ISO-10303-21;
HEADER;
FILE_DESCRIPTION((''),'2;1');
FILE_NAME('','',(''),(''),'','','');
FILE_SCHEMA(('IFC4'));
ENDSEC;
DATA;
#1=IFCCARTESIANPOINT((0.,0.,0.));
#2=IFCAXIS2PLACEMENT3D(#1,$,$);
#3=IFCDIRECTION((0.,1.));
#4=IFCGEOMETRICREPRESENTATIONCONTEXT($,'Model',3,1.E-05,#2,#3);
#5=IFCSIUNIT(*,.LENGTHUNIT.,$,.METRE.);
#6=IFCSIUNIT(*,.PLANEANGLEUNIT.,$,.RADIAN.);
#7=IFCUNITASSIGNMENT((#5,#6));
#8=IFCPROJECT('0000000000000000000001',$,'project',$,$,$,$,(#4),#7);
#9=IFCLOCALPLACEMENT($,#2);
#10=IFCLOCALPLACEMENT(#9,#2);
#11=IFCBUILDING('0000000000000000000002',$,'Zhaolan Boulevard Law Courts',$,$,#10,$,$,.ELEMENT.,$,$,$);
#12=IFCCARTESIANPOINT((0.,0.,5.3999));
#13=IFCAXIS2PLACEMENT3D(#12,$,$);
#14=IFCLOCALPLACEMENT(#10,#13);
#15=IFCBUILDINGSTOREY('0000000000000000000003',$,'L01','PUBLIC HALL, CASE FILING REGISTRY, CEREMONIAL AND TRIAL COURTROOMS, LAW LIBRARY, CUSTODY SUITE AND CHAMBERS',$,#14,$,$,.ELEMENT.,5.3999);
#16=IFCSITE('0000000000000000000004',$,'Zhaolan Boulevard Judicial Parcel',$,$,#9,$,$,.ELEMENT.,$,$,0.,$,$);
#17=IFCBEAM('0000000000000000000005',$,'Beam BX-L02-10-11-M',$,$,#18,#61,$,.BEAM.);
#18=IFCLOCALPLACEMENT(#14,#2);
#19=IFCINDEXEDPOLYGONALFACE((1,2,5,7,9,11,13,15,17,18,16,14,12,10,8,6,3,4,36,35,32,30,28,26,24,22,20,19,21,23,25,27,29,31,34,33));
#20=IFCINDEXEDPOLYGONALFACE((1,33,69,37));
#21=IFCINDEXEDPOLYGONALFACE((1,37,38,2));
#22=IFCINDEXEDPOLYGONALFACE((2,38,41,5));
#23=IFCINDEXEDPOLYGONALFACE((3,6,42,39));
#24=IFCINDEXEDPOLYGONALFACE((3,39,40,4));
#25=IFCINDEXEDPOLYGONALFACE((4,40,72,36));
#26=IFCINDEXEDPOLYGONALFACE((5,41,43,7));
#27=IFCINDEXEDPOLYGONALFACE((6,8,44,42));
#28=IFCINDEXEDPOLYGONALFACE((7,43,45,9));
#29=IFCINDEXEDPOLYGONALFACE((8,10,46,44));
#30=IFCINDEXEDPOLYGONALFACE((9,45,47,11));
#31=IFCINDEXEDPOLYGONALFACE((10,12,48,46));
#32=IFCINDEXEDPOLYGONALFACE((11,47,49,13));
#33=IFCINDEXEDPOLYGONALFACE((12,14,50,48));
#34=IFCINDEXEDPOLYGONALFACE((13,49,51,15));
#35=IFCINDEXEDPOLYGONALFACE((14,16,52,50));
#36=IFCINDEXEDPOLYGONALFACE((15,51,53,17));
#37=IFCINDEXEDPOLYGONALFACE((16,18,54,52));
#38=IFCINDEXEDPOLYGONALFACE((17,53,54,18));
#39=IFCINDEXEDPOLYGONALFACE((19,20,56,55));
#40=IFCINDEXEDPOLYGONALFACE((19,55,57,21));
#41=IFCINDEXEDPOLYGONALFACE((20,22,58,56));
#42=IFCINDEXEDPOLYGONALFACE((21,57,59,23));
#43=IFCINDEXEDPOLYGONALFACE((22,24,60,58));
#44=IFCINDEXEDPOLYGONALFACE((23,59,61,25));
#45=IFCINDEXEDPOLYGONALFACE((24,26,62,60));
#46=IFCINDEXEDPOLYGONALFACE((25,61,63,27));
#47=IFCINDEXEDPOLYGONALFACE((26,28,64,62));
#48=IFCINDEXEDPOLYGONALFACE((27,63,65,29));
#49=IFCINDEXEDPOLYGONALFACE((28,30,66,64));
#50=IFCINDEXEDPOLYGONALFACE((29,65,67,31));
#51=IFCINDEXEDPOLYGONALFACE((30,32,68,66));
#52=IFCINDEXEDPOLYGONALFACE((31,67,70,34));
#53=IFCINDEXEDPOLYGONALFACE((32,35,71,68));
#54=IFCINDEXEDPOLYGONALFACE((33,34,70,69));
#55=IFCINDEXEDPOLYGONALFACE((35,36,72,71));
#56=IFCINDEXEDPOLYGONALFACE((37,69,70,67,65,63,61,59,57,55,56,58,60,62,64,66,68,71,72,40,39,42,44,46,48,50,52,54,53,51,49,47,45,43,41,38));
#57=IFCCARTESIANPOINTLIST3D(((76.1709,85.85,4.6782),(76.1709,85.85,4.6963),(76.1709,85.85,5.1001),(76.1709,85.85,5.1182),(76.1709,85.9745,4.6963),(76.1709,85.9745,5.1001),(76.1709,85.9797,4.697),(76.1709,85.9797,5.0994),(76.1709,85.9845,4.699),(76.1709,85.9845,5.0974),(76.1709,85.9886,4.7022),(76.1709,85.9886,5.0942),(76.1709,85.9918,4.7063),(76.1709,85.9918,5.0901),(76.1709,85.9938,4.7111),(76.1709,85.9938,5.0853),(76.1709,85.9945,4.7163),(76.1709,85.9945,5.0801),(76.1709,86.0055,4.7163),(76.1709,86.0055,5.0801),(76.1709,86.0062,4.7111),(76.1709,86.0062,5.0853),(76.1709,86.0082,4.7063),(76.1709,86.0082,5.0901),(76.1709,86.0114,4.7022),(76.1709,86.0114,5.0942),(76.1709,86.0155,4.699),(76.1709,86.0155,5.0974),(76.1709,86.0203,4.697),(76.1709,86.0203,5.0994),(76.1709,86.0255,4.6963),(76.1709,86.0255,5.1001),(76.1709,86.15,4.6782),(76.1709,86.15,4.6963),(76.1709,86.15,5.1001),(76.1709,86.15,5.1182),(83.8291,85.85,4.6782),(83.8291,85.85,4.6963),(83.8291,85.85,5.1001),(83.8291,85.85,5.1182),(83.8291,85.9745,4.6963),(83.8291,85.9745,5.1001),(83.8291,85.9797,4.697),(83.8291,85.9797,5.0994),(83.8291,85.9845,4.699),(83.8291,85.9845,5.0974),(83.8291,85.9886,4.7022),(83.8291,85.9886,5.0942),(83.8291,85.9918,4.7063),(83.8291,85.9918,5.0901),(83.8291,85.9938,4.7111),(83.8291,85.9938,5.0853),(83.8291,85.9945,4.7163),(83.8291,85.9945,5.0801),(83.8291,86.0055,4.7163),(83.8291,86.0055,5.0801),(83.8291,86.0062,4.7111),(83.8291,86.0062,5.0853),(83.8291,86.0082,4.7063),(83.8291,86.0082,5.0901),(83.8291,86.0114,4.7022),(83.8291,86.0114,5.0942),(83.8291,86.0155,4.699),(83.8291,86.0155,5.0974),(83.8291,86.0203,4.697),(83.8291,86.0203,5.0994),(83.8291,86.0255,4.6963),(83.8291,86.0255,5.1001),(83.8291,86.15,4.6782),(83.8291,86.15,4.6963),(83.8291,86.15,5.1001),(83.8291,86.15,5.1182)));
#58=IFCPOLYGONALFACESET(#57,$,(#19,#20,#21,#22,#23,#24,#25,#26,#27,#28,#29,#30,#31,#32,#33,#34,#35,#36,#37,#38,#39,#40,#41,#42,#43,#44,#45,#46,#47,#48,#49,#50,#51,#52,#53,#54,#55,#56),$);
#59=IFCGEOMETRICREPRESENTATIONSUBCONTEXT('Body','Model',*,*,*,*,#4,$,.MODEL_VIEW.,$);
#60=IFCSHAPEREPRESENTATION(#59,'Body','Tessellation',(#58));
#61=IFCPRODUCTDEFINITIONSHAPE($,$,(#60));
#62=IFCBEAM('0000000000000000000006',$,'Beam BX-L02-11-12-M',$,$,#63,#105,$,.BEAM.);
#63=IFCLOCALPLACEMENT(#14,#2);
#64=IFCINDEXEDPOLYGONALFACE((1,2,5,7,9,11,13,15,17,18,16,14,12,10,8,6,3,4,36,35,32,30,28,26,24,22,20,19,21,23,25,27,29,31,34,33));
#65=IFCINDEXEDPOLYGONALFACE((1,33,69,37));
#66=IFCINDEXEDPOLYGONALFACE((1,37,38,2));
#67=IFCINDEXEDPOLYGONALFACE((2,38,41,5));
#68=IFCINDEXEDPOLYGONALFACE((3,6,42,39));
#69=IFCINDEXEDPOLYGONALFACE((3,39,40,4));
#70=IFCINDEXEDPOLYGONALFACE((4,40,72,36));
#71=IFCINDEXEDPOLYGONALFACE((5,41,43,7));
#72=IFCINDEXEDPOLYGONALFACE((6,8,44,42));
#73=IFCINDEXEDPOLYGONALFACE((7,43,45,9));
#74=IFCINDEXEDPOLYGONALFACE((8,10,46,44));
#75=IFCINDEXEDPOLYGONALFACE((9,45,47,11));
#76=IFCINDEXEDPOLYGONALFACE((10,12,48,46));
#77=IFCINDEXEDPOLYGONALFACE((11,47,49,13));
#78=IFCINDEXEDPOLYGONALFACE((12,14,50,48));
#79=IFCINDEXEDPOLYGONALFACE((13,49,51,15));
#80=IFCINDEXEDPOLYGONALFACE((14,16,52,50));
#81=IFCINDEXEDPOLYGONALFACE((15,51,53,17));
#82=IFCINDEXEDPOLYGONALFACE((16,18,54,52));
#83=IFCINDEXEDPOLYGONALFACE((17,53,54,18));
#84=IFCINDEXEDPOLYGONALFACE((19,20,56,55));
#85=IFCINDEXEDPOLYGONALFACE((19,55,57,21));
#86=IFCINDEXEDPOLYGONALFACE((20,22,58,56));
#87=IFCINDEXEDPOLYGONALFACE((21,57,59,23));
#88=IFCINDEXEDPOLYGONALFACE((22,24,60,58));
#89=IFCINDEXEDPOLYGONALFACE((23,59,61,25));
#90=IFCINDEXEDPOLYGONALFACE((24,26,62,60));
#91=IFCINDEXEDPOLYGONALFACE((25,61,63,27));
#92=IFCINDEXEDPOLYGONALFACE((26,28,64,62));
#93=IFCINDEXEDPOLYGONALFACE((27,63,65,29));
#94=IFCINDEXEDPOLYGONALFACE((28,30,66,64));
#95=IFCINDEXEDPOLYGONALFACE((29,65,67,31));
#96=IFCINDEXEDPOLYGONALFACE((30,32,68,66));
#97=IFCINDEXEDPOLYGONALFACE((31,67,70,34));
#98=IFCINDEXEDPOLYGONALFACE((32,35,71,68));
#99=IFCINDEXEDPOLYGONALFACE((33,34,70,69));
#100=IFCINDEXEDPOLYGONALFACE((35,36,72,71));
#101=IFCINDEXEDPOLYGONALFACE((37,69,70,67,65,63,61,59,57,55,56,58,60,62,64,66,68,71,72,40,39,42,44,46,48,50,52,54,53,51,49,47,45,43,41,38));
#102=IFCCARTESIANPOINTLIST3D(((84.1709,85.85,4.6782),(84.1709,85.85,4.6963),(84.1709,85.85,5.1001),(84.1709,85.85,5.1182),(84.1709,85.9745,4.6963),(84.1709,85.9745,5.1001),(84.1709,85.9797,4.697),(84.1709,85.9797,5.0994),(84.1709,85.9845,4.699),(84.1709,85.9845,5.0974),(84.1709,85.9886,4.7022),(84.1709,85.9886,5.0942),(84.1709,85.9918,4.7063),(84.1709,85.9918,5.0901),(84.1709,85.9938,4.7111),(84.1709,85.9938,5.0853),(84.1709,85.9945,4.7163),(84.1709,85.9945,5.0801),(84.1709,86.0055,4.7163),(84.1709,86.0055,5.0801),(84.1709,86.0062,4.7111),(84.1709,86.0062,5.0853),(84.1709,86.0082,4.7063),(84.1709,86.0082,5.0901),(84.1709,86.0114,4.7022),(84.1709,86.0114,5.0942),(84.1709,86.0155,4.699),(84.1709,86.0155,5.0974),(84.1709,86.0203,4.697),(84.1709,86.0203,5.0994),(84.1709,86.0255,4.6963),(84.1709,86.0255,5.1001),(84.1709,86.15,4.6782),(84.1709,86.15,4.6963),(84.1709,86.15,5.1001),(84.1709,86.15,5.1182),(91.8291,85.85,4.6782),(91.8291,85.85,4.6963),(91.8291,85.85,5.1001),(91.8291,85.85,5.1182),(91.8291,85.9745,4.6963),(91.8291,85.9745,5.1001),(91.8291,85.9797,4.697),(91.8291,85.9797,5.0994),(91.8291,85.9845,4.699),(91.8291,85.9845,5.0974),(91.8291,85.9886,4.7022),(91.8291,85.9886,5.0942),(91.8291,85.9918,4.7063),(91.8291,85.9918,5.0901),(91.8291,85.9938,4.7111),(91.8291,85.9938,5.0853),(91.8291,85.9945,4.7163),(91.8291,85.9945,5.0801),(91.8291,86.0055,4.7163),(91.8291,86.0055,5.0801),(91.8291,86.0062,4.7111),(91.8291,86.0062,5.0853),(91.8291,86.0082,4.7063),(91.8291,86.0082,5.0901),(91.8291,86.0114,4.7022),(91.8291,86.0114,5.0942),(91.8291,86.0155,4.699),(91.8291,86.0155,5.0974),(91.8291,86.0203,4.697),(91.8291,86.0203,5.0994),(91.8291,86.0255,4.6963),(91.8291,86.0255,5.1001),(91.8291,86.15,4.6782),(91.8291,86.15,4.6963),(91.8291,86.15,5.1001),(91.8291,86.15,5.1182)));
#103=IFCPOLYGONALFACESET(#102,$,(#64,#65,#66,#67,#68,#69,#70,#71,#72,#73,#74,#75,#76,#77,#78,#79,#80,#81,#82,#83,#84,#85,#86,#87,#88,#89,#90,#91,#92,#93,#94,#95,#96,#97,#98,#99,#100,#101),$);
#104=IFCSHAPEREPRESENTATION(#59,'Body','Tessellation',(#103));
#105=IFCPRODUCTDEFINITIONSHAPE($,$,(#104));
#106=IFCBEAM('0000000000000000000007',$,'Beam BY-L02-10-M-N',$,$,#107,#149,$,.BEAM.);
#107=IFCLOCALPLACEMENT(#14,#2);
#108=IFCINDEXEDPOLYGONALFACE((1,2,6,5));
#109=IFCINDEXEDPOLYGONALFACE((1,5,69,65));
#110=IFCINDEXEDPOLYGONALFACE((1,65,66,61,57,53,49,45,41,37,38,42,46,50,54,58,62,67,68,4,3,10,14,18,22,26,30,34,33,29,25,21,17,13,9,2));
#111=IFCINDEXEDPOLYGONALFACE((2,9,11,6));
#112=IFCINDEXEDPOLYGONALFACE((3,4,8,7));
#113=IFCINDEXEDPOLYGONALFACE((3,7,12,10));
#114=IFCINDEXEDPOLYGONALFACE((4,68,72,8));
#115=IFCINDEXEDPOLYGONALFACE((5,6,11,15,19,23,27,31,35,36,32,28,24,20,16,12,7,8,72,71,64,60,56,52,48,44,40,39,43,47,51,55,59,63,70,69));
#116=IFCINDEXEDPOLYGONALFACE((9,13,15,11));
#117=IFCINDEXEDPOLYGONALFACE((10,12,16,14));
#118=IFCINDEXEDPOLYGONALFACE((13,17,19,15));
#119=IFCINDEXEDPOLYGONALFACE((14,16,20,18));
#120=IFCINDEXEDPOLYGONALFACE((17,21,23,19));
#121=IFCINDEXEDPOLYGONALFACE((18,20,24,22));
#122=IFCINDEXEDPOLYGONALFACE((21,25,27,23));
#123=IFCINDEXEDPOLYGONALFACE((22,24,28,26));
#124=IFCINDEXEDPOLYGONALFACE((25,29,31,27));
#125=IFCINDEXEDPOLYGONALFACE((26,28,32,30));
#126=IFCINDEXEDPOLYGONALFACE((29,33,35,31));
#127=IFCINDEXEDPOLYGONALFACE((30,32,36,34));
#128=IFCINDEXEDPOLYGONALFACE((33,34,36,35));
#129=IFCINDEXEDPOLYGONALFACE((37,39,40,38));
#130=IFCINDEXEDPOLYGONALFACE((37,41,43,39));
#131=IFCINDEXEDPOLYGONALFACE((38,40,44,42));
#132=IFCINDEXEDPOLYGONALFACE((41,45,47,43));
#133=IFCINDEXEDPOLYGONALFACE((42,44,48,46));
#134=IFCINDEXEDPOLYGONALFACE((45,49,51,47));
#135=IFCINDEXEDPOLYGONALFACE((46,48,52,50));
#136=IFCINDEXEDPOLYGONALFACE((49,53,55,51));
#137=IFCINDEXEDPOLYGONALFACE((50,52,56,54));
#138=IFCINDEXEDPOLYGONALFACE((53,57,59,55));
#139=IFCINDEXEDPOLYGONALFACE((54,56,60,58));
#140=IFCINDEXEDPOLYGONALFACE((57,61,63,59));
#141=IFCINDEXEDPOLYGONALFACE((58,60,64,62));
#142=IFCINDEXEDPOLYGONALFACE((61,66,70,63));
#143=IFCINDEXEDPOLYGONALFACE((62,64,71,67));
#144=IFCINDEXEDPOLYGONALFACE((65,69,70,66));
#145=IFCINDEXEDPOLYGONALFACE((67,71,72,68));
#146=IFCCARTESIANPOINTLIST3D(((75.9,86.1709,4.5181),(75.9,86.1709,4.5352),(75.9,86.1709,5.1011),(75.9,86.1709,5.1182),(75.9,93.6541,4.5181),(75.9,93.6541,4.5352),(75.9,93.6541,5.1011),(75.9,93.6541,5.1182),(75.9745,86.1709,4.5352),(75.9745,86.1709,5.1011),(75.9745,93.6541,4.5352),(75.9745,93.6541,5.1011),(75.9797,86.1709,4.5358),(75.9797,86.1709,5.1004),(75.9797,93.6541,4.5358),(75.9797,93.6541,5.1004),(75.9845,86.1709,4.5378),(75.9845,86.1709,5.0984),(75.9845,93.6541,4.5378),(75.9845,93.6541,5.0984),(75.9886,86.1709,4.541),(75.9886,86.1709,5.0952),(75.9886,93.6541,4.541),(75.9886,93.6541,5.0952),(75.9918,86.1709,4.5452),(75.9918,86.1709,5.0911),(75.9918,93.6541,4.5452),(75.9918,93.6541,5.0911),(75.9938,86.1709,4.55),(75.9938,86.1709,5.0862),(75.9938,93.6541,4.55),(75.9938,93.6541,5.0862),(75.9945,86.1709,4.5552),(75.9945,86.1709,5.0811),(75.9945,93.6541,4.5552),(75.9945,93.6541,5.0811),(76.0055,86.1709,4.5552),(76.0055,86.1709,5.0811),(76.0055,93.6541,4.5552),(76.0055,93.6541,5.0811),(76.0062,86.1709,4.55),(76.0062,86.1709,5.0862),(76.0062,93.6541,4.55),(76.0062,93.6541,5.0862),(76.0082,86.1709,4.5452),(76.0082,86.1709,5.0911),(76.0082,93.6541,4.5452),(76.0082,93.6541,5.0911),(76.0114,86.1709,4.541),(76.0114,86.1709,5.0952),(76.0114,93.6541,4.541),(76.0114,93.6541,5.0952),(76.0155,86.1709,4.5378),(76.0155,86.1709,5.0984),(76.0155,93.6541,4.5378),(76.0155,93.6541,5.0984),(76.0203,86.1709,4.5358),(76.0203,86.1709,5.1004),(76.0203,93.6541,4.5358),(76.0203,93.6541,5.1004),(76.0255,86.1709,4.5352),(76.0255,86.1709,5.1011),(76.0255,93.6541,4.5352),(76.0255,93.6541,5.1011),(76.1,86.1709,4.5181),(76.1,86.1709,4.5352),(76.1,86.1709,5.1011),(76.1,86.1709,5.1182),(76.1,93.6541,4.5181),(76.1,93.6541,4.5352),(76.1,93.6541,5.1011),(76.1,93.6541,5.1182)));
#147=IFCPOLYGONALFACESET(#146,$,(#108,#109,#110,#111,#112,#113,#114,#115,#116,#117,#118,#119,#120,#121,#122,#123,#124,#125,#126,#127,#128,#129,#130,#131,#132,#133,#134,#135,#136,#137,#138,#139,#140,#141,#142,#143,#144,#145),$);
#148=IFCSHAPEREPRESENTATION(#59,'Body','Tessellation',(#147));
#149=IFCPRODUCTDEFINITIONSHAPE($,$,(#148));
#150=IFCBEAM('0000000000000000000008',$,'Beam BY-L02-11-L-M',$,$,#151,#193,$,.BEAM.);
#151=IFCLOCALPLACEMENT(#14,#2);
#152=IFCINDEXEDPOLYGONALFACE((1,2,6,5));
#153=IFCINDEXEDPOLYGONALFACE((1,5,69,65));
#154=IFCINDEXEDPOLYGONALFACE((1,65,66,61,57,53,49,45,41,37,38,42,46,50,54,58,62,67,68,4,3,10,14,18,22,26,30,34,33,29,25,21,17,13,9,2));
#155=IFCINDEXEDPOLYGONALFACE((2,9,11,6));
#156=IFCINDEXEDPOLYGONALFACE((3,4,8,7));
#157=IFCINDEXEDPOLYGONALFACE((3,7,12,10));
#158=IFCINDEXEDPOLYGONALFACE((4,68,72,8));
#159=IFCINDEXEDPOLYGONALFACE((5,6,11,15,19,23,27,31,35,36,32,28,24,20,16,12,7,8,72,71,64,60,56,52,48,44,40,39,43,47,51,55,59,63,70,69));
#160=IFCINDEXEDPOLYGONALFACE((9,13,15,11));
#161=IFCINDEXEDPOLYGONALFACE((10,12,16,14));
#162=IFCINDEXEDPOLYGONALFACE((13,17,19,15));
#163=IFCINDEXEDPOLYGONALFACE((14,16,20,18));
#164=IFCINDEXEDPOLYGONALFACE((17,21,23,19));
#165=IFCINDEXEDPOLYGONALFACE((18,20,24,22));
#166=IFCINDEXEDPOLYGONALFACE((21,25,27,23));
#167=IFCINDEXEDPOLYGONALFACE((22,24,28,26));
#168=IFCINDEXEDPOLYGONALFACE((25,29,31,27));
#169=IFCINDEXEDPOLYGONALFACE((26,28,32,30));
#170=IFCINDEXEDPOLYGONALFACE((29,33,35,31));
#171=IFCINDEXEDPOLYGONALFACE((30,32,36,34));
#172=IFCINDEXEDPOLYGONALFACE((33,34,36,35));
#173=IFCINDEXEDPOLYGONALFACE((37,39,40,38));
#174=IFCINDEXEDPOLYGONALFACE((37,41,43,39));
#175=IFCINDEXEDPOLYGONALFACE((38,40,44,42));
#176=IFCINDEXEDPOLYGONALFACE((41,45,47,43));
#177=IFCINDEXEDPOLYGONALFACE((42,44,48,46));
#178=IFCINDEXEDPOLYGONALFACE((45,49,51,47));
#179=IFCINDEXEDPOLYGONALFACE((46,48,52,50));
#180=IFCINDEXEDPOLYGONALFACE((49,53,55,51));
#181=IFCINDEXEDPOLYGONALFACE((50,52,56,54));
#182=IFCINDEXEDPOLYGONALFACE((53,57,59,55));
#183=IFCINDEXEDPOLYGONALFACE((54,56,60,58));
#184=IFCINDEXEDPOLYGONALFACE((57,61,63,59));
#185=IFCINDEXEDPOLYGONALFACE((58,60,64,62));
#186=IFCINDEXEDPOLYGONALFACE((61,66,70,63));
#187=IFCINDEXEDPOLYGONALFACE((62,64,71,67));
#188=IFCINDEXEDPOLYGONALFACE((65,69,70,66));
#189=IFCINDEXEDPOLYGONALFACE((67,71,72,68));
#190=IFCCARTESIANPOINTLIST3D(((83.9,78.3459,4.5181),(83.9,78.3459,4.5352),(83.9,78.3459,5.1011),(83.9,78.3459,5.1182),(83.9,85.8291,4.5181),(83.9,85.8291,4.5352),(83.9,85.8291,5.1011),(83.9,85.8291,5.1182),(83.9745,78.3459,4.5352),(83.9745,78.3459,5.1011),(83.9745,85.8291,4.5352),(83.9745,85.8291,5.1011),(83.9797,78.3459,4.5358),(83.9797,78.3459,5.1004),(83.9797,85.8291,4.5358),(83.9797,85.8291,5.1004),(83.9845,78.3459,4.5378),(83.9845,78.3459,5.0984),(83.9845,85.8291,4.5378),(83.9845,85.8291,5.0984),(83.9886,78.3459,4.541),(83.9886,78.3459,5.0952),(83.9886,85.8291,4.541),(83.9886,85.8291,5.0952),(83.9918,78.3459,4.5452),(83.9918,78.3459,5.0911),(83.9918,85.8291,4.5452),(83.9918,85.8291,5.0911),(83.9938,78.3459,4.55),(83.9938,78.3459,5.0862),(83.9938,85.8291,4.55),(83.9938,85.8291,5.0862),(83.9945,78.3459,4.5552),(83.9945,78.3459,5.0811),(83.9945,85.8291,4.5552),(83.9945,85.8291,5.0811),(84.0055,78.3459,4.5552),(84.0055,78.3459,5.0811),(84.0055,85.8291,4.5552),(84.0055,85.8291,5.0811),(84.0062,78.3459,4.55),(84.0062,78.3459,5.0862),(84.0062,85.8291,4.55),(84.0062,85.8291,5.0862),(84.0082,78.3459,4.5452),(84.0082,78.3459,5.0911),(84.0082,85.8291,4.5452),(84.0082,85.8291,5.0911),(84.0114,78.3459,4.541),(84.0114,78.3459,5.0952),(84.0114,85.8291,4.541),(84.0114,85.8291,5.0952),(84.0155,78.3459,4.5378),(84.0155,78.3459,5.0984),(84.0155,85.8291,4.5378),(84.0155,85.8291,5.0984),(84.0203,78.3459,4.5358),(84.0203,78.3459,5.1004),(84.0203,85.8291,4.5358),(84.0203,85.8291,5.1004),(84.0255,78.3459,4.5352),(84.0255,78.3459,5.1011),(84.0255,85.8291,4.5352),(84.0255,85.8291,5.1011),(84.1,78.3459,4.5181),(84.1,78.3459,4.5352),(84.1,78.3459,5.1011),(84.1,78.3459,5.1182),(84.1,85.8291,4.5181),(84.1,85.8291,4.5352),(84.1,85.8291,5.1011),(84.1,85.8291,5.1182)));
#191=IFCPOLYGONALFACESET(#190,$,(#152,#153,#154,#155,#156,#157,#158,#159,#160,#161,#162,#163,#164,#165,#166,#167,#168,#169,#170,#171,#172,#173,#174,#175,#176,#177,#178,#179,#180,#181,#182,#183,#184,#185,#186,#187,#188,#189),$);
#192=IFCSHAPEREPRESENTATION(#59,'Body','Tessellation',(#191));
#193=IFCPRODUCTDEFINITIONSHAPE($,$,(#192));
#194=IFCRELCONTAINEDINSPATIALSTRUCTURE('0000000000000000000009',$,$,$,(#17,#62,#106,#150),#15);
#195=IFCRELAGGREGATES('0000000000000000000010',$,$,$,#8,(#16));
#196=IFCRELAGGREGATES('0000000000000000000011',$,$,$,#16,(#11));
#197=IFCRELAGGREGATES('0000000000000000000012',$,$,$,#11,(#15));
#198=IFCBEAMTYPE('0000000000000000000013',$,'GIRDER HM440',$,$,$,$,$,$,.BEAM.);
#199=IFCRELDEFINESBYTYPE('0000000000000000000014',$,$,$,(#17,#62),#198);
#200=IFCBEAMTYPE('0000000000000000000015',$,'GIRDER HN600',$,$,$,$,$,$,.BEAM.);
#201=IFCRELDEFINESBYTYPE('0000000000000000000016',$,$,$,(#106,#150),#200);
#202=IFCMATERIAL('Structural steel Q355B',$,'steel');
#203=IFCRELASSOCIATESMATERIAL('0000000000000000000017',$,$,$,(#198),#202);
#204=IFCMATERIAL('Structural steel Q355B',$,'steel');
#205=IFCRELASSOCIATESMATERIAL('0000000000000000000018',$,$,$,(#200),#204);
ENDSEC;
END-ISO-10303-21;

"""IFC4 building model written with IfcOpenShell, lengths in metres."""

from ifc_helpers import new_model, si_unit, direction, frame, origin, origin_2d, place, context, subcontext, project, spatial, i_section, extrude, material, material_profile, profile_set, type_object, element, save


model = new_model("IFC4")

# Units and contexts
model_context = context("Model", 3, precision=1e-05, world=origin(), true_north=direction((0.0, 1.0)))
body_context = subcontext(model_context, "Body", "Model", "MODEL_VIEW")
ifc_project = project(units=[si_unit("LENGTHUNIT", "METRE"), si_unit("PLANEANGLEUNIT", "RADIAN")], contexts=[model_context])

# Site, building, storey
site_placement = place(None, origin())
site = spatial("IfcSite", under=ifc_project, at=site_placement, Name="Zhaolan Boulevard Judicial Parcel", CompositionType="ELEMENT", RefElevation=0.0)
building_placement = place(site_placement, origin())
building = spatial("IfcBuilding", under=site, at=building_placement, Name="Zhaolan Boulevard Law Courts", CompositionType="ELEMENT")
storey_placement = place(building_placement, frame((0.0, 0.0, 5.3999)))
storey = spatial("IfcBuildingStorey", under=building, at=storey_placement, Name="L01", Description="PUBLIC HALL, CASE FILING REGISTRY, CEREMONIAL AND TRIAL COURTROOMS, LAW LIBRARY, CUSTODY SUITE AND CHAMBERS", CompositionType="ELEMENT", Elevation=5.3999)

# Beams
ifc_material_1 = material(Name="Structural steel Q355B", Category="steel")
ifc_material_profile_1 = material_profile(ifc_material_1, i_section(OverallWidth=0.3, OverallDepth=0.4399, WebThickness=0.011, FlangeThickness=0.0181, FilletRadius=0.02, at=origin_2d()), Name="HM440x300")
ifc_profile_set_1 = profile_set([ifc_material_profile_1], Name="Structural steel Q355B")
beam_type_1 = type_object("IfcBeamType", Name="GIRDER HM440", PredefinedType="BEAM", material=ifc_profile_set_1)
for number, where, z_axis, x_axis, name in (
    (1, (76.1709, 86.0, 4.8982), (1.0, 0.0, 0.0), (0.0, 1.0, 0.0), "Beam BX-L02-10-11-M"),
    (2, (84.1709, 86.0, 4.8982), (1.0, 0.0, 0.0), (0.0, 1.0, 0.0), "Beam BX-L02-11-12-M"),
):
    element("IfcBeam", number, at=place(storey_placement, frame(where, z_axis=z_axis, x_axis=x_axis)), inside=storey, type_object=beam_type_1, Name=name, PredefinedType="BEAM", context=body_context, shape_type="SweptSolid", body=[
        extrude(i_section(OverallWidth=0.3, OverallDepth=0.4399, WebThickness=0.011, FlangeThickness=0.0181, FilletRadius=0.02, at=origin_2d()), origin(), (0.0, 0.0, 1.0), 7.6582),
    ])
ifc_material_2 = material(Name="Structural steel Q355B", Category="steel")
ifc_material_profile_2 = material_profile(ifc_material_2, i_section(OverallWidth=0.2, OverallDepth=0.6001, WebThickness=0.011, FlangeThickness=0.0171, FilletRadius=0.02, at=origin_2d()), Name="HN600x200")
ifc_profile_set_2 = profile_set([ifc_material_profile_2], Name="Structural steel Q355B")
beam_type_2 = type_object("IfcBeamType", Name="GIRDER HN600", PredefinedType="BEAM", material=ifc_profile_set_2)
for number, where, z_axis, x_axis, name in (
    (3, (76.0, 86.1709, 4.8181), (0.0, 1.0, 0.0), (-1.0, 0.0, 0.0), "Beam BY-L02-10-M-N"),
    (4, (84.0, 78.3459, 4.8181), (0.0, 1.0, 0.0), (-1.0, 0.0, 0.0), "Beam BY-L02-11-L-M"),
):
    element("IfcBeam", number, at=place(storey_placement, frame(where, z_axis=z_axis, x_axis=x_axis)), inside=storey, type_object=beam_type_2, Name=name, PredefinedType="BEAM", context=body_context, shape_type="SweptSolid", body=[
        extrude(i_section(OverallWidth=0.2, OverallDepth=0.6001, WebThickness=0.011, FlangeThickness=0.0171, FilletRadius=0.02, at=origin_2d()), origin(), (0.0, 0.0, 1.0), 7.4832),
    ])

save(model, "model.ifc")
